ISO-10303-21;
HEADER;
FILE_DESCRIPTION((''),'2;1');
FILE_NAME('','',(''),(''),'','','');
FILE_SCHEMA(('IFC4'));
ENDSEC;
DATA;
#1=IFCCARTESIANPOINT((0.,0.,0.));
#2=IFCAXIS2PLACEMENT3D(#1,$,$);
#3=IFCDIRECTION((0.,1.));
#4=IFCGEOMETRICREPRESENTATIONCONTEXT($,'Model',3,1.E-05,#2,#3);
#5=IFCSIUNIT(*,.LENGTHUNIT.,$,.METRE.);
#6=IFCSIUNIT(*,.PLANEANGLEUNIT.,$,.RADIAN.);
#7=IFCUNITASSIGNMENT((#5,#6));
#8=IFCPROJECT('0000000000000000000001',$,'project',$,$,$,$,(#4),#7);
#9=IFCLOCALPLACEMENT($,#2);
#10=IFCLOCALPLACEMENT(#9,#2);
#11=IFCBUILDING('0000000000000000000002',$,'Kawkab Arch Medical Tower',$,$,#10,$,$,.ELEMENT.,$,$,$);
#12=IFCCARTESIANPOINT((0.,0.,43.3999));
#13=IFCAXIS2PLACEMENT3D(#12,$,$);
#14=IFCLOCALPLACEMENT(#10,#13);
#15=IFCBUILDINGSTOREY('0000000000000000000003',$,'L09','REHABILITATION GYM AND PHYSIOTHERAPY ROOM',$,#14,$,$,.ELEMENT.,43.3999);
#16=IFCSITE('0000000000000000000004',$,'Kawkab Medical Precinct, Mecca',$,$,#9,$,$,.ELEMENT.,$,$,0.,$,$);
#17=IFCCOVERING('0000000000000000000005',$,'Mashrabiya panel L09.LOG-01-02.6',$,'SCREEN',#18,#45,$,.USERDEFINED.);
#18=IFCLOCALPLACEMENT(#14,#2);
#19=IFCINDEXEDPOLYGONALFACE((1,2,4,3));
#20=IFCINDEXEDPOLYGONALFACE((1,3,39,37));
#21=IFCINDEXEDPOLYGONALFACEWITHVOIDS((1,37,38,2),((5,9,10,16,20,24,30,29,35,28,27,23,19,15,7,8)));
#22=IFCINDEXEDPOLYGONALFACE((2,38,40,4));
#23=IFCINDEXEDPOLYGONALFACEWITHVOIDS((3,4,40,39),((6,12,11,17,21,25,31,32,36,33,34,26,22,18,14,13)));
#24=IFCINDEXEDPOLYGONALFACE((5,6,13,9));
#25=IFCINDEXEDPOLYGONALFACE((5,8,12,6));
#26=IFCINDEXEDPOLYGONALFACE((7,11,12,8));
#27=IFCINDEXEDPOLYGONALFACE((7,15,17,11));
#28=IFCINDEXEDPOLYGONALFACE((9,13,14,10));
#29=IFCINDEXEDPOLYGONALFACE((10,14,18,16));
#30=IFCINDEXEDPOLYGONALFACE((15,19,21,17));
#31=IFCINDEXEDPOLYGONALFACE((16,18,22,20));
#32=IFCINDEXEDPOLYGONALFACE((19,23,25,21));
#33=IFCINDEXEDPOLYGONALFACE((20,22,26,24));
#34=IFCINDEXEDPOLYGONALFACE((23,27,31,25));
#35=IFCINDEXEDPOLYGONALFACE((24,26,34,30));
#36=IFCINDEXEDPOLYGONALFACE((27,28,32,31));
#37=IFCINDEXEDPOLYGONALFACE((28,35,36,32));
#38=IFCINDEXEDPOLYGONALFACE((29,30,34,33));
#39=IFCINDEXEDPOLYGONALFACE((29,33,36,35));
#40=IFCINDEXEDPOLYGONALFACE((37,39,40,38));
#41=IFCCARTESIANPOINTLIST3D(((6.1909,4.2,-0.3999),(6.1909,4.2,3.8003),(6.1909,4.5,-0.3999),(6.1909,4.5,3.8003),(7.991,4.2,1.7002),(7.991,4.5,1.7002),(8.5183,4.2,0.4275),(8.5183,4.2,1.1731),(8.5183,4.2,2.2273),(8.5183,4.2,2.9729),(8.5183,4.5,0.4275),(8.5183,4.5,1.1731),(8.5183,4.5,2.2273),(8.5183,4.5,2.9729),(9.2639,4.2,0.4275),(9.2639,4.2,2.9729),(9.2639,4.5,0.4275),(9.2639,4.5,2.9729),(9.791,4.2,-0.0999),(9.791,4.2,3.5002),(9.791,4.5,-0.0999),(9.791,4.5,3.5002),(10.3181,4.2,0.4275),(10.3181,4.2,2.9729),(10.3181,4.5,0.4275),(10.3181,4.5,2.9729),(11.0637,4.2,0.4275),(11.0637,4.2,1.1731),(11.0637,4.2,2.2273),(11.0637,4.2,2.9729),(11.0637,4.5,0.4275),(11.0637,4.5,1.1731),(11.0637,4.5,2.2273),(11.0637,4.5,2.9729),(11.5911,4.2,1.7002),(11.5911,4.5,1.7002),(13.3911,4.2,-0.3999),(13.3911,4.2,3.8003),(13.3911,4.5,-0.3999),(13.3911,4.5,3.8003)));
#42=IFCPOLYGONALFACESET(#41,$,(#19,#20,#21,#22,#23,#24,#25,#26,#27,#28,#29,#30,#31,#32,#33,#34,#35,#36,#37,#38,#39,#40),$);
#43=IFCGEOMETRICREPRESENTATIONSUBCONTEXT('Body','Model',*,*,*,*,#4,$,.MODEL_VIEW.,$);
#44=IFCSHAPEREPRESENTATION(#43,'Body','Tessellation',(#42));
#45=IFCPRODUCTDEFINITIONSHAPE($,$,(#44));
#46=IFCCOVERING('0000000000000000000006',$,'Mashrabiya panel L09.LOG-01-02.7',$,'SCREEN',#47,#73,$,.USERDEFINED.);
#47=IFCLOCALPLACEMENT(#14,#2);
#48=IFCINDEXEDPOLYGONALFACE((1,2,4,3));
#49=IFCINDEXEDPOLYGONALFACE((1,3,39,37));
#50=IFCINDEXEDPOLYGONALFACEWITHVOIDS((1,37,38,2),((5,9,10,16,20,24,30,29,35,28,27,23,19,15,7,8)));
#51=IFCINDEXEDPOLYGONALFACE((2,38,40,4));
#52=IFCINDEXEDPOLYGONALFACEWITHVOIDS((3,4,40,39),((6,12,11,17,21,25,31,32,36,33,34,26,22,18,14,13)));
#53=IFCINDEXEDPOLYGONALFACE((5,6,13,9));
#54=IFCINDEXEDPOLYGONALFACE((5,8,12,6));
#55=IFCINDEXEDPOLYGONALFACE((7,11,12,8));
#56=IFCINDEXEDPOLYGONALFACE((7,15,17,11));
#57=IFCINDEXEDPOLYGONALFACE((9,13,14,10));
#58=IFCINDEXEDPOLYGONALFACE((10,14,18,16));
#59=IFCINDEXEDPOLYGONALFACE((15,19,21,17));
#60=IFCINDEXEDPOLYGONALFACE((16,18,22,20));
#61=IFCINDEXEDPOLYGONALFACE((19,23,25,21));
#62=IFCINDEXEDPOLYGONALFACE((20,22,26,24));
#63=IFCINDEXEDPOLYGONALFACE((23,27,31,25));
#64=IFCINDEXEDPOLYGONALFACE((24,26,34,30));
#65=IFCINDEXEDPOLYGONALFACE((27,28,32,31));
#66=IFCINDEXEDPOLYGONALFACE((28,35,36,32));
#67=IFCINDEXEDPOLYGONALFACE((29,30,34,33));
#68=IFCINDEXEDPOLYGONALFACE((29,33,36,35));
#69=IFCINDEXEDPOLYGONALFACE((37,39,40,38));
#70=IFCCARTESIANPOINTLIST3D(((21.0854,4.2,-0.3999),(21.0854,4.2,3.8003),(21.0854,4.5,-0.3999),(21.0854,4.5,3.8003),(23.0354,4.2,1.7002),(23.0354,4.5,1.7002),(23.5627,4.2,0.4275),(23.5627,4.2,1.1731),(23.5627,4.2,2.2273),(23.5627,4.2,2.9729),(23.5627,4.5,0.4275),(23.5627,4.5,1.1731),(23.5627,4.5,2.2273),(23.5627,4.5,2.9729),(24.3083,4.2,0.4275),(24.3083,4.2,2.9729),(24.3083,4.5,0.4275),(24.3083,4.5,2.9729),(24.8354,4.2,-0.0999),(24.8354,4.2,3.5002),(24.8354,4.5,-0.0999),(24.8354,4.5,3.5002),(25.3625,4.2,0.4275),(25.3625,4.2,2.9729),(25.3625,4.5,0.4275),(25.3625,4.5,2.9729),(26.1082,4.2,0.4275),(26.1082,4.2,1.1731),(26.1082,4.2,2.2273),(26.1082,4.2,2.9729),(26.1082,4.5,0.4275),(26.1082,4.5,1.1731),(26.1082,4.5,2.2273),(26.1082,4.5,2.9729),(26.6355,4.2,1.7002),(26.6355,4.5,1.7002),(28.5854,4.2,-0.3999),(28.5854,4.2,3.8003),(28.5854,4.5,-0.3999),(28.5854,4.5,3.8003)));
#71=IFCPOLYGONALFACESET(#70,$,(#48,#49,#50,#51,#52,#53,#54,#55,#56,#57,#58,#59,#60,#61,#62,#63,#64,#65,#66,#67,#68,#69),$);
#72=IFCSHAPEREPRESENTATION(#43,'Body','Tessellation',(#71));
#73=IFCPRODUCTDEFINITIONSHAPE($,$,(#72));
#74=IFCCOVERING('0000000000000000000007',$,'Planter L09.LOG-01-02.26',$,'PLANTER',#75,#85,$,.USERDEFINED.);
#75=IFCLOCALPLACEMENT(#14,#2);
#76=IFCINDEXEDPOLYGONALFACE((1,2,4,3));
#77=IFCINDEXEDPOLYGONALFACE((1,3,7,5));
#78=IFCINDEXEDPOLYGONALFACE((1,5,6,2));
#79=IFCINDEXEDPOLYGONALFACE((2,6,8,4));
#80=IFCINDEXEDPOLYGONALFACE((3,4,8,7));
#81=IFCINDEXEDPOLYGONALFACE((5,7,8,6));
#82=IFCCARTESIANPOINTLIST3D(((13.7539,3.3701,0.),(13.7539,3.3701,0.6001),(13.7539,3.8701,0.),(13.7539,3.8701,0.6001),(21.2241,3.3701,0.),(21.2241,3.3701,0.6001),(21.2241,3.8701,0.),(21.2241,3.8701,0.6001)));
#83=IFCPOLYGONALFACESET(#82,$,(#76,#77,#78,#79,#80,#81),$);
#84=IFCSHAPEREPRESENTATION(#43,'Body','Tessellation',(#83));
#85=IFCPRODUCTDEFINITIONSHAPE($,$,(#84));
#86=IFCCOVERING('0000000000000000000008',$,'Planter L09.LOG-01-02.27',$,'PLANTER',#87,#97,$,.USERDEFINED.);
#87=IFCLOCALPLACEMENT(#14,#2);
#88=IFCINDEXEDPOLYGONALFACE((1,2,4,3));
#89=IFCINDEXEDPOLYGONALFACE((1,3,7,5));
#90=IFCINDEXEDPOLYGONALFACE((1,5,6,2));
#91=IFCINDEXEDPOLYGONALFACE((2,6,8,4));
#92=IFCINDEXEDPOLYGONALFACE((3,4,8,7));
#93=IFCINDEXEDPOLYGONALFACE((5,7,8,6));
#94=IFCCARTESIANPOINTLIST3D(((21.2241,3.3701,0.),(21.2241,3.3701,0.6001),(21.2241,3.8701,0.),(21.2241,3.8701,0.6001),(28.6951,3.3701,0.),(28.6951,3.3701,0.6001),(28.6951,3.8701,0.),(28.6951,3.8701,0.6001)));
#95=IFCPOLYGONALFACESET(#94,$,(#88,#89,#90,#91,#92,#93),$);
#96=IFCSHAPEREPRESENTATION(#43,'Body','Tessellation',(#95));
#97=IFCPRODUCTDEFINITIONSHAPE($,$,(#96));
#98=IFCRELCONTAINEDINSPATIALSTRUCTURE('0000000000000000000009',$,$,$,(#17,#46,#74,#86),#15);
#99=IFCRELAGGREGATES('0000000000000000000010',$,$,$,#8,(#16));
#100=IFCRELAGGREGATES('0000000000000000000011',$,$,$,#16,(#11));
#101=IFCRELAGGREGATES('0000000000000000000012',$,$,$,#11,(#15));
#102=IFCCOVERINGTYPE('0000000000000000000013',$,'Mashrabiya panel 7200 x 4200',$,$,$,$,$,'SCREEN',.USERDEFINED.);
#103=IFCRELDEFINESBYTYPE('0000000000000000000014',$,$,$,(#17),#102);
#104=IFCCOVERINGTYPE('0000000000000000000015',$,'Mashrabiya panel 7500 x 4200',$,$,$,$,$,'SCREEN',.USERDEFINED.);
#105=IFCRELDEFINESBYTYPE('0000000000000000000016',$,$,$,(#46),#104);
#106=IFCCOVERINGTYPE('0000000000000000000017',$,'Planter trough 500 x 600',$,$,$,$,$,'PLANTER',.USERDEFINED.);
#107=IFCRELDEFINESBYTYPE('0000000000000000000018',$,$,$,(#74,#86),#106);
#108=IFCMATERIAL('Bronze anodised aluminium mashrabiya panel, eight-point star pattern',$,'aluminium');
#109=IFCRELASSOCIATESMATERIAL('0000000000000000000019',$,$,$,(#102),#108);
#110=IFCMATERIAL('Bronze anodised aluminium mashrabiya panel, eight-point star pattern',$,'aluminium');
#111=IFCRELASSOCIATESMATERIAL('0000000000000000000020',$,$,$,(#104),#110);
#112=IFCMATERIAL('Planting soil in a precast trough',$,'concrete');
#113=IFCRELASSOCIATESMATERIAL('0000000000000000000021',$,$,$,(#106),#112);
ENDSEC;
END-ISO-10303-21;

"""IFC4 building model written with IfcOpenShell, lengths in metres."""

from ifc_helpers import new_model, si_unit, direction, frame, origin, origin_2d, place, context, subcontext, project, spatial, polyline, rectangle, outline, extrude, material, material_profile, profile_set, type_object, element, save


model = new_model("IFC4")

# Units and contexts
model_context = context("Model", 3, precision=1e-05, world=origin(), true_north=direction((0.0, 1.0)))
body_context = subcontext(model_context, "Body", "Model", "MODEL_VIEW")
ifc_project = project(units=[si_unit("LENGTHUNIT", "METRE"), si_unit("PLANEANGLEUNIT", "RADIAN")], contexts=[model_context])

# Site, building, storey
site_placement = place(None, origin())
site = spatial("IfcSite", under=ifc_project, at=site_placement, Name="Kawkab Medical Precinct, Mecca", CompositionType="ELEMENT", RefElevation=0.0)
building_placement = place(site_placement, origin())
building = spatial("IfcBuilding", under=site, at=building_placement, Name="Kawkab Arch Medical Tower", CompositionType="ELEMENT")
storey_placement = place(building_placement, frame((0.0, 0.0, 43.3999)))
storey = spatial("IfcBuildingStorey", under=building, at=storey_placement, Name="L09", Description="REHABILITATION GYM AND PHYSIOTHERAPY ROOM", CompositionType="ELEMENT", Elevation=43.3999)

# Coverings
ifc_material_1 = material(Name="Bronze anodised aluminium mashrabiya panel, eight-point star pattern", Category="aluminium")
ifc_material_profile_1 = material_profile(ifc_material_1, outline(polyline([(-3.6001, -2.1001), (3.6001, -2.1001), (3.6001, 2.1001), (-3.6001, 2.1001), (-3.6001, -2.1001)]), holes=[polyline([(1.8, 0.0), (1.2727, 0.5271), (1.2727, 1.2727), (0.5271, 1.2727), (0.0, 1.8), (-0.5271, 1.2727), (-1.2727, 1.2727), (-1.2727, 0.5271), (-1.8, 0.0), (-1.2727, -0.5271), (-1.2727, -1.2727), (-0.5271, -1.2727), (0.0, -1.8), (0.5271, -1.2727), (1.2727, -1.2727), (1.2727, -0.5271), (1.8, 0.0)])]), Name="Mashrabiya panel 7200x4200")
ifc_profile_set_1 = profile_set([ifc_material_profile_1], Name="Bronze anodised aluminium mashrabiya panel, eight-point star pattern")
covering_type_1 = type_object("IfcCoveringType", Name="Mashrabiya panel 7200 x 4200", ElementType="SCREEN", PredefinedType="USERDEFINED", material=ifc_profile_set_1)
covering_1_placement = place(storey_placement, frame((9.791, 4.2, 1.7002), z_axis=(0.0, 1.0, 0.0), x_axis=(-1.0, 0.0, 0.0)))
element("IfcCovering", 1, at=covering_1_placement, inside=storey, type_object=covering_type_1, Name="Mashrabiya panel L09.LOG-01-02.6", ObjectType="SCREEN", PredefinedType="USERDEFINED", context=body_context, shape_type="SweptSolid", body=[
    extrude(outline(polyline([(-3.6001, -2.1001), (3.6001, -2.1001), (3.6001, 2.1001), (-3.6001, 2.1001), (-3.6001, -2.1001)]), holes=[polyline([(1.8, 0.0), (1.2727, 0.5271), (1.2727, 1.2727), (0.5271, 1.2727), (0.0, 1.8), (-0.5271, 1.2727), (-1.2727, 1.2727), (-1.2727, 0.5271), (-1.8, 0.0), (-1.2727, -0.5271), (-1.2727, -1.2727), (-0.5271, -1.2727), (0.0, -1.8), (0.5271, -1.2727), (1.2727, -1.2727), (1.2727, -0.5271), (1.8, 0.0)])]), origin(), (0.0, 0.0, 1.0), 0.3),
])
ifc_material_2 = material(Name="Bronze anodised aluminium mashrabiya panel, eight-point star pattern", Category="aluminium")
ifc_material_profile_2 = material_profile(ifc_material_2, outline(polyline([(-3.75, -2.1001), (3.75, -2.1001), (3.75, 2.1001), (-3.75, 2.1001), (-3.75, -2.1001)]), holes=[polyline([(1.8, 0.0), (1.2727, 0.5271), (1.2727, 1.2727), (0.5271, 1.2727), (0.0, 1.8), (-0.5271, 1.2727), (-1.2727, 1.2727), (-1.2727, 0.5271), (-1.8, 0.0), (-1.2727, -0.5271), (-1.2727, -1.2727), (-0.5271, -1.2727), (0.0, -1.8), (0.5271, -1.2727), (1.2727, -1.2727), (1.2727, -0.5271), (1.8, 0.0)])]), Name="Mashrabiya panel 7500x4200")
ifc_profile_set_2 = profile_set([ifc_material_profile_2], Name="Bronze anodised aluminium mashrabiya panel, eight-point star pattern")
covering_type_2 = type_object("IfcCoveringType", Name="Mashrabiya panel 7500 x 4200", ElementType="SCREEN", PredefinedType="USERDEFINED", material=ifc_profile_set_2)
covering_2_placement = place(storey_placement, frame((24.8354, 4.2, 1.7002), z_axis=(0.0, 1.0, 0.0), x_axis=(-1.0, 0.0, 0.0)))
element("IfcCovering", 2, at=covering_2_placement, inside=storey, type_object=covering_type_2, Name="Mashrabiya panel L09.LOG-01-02.7", ObjectType="SCREEN", PredefinedType="USERDEFINED", context=body_context, shape_type="SweptSolid", body=[
    extrude(outline(polyline([(-3.75, -2.1001), (3.75, -2.1001), (3.75, 2.1001), (-3.75, 2.1001), (-3.75, -2.1001)]), holes=[polyline([(1.8, 0.0), (1.2727, 0.5271), (1.2727, 1.2727), (0.5271, 1.2727), (0.0, 1.8), (-0.5271, 1.2727), (-1.2727, 1.2727), (-1.2727, 0.5271), (-1.8, 0.0), (-1.2727, -0.5271), (-1.2727, -1.2727), (-0.5271, -1.2727), (0.0, -1.8), (0.5271, -1.2727), (1.2727, -1.2727), (1.2727, -0.5271), (1.8, 0.0)])]), origin(), (0.0, 0.0, 1.0), 0.3),
])
ifc_material_3 = material(Name="Planting soil in a precast trough", Category="concrete")
ifc_material_profile_3 = material_profile(ifc_material_3, rectangle(XDim=0.5, YDim=0.6001, at=origin_2d()), Name="Trough 500x600")
ifc_profile_set_3 = profile_set([ifc_material_profile_3], Name="Planting soil in a precast trough")
covering_type_3 = type_object("IfcCoveringType", Name="Planter trough 500 x 600", ElementType="PLANTER", PredefinedType="USERDEFINED", material=ifc_profile_set_3)
covering_3_placement = place(storey_placement, frame((13.7539, 3.6201, 0.3), z_axis=(1.0, 0.0, 0.0), x_axis=(0.0, 1.0, 0.0)))
element("IfcCovering", 3, at=covering_3_placement, inside=storey, type_object=covering_type_3, Name="Planter L09.LOG-01-02.26", ObjectType="PLANTER", PredefinedType="USERDEFINED", context=body_context, shape_type="SweptSolid", body=[
    extrude(rectangle(XDim=0.5, YDim=0.6001, at=origin_2d()), origin(), (0.0, 0.0, 1.0), 7.4702),
])
covering_4_placement = place(storey_placement, frame((21.2241, 3.6201, 0.3), z_axis=(1.0, 0.0, 0.0), x_axis=(0.0, 1.0, 0.0)))
element("IfcCovering", 4, at=covering_4_placement, inside=storey, type_object=covering_type_3, Name="Planter L09.LOG-01-02.27", ObjectType="PLANTER", PredefinedType="USERDEFINED", context=body_context, shape_type="SweptSolid", body=[
    extrude(rectangle(XDim=0.5, YDim=0.6001, at=origin_2d()), origin(), (0.0, 0.0, 1.0), 7.4709),
])

save(model, "model.ifc")
